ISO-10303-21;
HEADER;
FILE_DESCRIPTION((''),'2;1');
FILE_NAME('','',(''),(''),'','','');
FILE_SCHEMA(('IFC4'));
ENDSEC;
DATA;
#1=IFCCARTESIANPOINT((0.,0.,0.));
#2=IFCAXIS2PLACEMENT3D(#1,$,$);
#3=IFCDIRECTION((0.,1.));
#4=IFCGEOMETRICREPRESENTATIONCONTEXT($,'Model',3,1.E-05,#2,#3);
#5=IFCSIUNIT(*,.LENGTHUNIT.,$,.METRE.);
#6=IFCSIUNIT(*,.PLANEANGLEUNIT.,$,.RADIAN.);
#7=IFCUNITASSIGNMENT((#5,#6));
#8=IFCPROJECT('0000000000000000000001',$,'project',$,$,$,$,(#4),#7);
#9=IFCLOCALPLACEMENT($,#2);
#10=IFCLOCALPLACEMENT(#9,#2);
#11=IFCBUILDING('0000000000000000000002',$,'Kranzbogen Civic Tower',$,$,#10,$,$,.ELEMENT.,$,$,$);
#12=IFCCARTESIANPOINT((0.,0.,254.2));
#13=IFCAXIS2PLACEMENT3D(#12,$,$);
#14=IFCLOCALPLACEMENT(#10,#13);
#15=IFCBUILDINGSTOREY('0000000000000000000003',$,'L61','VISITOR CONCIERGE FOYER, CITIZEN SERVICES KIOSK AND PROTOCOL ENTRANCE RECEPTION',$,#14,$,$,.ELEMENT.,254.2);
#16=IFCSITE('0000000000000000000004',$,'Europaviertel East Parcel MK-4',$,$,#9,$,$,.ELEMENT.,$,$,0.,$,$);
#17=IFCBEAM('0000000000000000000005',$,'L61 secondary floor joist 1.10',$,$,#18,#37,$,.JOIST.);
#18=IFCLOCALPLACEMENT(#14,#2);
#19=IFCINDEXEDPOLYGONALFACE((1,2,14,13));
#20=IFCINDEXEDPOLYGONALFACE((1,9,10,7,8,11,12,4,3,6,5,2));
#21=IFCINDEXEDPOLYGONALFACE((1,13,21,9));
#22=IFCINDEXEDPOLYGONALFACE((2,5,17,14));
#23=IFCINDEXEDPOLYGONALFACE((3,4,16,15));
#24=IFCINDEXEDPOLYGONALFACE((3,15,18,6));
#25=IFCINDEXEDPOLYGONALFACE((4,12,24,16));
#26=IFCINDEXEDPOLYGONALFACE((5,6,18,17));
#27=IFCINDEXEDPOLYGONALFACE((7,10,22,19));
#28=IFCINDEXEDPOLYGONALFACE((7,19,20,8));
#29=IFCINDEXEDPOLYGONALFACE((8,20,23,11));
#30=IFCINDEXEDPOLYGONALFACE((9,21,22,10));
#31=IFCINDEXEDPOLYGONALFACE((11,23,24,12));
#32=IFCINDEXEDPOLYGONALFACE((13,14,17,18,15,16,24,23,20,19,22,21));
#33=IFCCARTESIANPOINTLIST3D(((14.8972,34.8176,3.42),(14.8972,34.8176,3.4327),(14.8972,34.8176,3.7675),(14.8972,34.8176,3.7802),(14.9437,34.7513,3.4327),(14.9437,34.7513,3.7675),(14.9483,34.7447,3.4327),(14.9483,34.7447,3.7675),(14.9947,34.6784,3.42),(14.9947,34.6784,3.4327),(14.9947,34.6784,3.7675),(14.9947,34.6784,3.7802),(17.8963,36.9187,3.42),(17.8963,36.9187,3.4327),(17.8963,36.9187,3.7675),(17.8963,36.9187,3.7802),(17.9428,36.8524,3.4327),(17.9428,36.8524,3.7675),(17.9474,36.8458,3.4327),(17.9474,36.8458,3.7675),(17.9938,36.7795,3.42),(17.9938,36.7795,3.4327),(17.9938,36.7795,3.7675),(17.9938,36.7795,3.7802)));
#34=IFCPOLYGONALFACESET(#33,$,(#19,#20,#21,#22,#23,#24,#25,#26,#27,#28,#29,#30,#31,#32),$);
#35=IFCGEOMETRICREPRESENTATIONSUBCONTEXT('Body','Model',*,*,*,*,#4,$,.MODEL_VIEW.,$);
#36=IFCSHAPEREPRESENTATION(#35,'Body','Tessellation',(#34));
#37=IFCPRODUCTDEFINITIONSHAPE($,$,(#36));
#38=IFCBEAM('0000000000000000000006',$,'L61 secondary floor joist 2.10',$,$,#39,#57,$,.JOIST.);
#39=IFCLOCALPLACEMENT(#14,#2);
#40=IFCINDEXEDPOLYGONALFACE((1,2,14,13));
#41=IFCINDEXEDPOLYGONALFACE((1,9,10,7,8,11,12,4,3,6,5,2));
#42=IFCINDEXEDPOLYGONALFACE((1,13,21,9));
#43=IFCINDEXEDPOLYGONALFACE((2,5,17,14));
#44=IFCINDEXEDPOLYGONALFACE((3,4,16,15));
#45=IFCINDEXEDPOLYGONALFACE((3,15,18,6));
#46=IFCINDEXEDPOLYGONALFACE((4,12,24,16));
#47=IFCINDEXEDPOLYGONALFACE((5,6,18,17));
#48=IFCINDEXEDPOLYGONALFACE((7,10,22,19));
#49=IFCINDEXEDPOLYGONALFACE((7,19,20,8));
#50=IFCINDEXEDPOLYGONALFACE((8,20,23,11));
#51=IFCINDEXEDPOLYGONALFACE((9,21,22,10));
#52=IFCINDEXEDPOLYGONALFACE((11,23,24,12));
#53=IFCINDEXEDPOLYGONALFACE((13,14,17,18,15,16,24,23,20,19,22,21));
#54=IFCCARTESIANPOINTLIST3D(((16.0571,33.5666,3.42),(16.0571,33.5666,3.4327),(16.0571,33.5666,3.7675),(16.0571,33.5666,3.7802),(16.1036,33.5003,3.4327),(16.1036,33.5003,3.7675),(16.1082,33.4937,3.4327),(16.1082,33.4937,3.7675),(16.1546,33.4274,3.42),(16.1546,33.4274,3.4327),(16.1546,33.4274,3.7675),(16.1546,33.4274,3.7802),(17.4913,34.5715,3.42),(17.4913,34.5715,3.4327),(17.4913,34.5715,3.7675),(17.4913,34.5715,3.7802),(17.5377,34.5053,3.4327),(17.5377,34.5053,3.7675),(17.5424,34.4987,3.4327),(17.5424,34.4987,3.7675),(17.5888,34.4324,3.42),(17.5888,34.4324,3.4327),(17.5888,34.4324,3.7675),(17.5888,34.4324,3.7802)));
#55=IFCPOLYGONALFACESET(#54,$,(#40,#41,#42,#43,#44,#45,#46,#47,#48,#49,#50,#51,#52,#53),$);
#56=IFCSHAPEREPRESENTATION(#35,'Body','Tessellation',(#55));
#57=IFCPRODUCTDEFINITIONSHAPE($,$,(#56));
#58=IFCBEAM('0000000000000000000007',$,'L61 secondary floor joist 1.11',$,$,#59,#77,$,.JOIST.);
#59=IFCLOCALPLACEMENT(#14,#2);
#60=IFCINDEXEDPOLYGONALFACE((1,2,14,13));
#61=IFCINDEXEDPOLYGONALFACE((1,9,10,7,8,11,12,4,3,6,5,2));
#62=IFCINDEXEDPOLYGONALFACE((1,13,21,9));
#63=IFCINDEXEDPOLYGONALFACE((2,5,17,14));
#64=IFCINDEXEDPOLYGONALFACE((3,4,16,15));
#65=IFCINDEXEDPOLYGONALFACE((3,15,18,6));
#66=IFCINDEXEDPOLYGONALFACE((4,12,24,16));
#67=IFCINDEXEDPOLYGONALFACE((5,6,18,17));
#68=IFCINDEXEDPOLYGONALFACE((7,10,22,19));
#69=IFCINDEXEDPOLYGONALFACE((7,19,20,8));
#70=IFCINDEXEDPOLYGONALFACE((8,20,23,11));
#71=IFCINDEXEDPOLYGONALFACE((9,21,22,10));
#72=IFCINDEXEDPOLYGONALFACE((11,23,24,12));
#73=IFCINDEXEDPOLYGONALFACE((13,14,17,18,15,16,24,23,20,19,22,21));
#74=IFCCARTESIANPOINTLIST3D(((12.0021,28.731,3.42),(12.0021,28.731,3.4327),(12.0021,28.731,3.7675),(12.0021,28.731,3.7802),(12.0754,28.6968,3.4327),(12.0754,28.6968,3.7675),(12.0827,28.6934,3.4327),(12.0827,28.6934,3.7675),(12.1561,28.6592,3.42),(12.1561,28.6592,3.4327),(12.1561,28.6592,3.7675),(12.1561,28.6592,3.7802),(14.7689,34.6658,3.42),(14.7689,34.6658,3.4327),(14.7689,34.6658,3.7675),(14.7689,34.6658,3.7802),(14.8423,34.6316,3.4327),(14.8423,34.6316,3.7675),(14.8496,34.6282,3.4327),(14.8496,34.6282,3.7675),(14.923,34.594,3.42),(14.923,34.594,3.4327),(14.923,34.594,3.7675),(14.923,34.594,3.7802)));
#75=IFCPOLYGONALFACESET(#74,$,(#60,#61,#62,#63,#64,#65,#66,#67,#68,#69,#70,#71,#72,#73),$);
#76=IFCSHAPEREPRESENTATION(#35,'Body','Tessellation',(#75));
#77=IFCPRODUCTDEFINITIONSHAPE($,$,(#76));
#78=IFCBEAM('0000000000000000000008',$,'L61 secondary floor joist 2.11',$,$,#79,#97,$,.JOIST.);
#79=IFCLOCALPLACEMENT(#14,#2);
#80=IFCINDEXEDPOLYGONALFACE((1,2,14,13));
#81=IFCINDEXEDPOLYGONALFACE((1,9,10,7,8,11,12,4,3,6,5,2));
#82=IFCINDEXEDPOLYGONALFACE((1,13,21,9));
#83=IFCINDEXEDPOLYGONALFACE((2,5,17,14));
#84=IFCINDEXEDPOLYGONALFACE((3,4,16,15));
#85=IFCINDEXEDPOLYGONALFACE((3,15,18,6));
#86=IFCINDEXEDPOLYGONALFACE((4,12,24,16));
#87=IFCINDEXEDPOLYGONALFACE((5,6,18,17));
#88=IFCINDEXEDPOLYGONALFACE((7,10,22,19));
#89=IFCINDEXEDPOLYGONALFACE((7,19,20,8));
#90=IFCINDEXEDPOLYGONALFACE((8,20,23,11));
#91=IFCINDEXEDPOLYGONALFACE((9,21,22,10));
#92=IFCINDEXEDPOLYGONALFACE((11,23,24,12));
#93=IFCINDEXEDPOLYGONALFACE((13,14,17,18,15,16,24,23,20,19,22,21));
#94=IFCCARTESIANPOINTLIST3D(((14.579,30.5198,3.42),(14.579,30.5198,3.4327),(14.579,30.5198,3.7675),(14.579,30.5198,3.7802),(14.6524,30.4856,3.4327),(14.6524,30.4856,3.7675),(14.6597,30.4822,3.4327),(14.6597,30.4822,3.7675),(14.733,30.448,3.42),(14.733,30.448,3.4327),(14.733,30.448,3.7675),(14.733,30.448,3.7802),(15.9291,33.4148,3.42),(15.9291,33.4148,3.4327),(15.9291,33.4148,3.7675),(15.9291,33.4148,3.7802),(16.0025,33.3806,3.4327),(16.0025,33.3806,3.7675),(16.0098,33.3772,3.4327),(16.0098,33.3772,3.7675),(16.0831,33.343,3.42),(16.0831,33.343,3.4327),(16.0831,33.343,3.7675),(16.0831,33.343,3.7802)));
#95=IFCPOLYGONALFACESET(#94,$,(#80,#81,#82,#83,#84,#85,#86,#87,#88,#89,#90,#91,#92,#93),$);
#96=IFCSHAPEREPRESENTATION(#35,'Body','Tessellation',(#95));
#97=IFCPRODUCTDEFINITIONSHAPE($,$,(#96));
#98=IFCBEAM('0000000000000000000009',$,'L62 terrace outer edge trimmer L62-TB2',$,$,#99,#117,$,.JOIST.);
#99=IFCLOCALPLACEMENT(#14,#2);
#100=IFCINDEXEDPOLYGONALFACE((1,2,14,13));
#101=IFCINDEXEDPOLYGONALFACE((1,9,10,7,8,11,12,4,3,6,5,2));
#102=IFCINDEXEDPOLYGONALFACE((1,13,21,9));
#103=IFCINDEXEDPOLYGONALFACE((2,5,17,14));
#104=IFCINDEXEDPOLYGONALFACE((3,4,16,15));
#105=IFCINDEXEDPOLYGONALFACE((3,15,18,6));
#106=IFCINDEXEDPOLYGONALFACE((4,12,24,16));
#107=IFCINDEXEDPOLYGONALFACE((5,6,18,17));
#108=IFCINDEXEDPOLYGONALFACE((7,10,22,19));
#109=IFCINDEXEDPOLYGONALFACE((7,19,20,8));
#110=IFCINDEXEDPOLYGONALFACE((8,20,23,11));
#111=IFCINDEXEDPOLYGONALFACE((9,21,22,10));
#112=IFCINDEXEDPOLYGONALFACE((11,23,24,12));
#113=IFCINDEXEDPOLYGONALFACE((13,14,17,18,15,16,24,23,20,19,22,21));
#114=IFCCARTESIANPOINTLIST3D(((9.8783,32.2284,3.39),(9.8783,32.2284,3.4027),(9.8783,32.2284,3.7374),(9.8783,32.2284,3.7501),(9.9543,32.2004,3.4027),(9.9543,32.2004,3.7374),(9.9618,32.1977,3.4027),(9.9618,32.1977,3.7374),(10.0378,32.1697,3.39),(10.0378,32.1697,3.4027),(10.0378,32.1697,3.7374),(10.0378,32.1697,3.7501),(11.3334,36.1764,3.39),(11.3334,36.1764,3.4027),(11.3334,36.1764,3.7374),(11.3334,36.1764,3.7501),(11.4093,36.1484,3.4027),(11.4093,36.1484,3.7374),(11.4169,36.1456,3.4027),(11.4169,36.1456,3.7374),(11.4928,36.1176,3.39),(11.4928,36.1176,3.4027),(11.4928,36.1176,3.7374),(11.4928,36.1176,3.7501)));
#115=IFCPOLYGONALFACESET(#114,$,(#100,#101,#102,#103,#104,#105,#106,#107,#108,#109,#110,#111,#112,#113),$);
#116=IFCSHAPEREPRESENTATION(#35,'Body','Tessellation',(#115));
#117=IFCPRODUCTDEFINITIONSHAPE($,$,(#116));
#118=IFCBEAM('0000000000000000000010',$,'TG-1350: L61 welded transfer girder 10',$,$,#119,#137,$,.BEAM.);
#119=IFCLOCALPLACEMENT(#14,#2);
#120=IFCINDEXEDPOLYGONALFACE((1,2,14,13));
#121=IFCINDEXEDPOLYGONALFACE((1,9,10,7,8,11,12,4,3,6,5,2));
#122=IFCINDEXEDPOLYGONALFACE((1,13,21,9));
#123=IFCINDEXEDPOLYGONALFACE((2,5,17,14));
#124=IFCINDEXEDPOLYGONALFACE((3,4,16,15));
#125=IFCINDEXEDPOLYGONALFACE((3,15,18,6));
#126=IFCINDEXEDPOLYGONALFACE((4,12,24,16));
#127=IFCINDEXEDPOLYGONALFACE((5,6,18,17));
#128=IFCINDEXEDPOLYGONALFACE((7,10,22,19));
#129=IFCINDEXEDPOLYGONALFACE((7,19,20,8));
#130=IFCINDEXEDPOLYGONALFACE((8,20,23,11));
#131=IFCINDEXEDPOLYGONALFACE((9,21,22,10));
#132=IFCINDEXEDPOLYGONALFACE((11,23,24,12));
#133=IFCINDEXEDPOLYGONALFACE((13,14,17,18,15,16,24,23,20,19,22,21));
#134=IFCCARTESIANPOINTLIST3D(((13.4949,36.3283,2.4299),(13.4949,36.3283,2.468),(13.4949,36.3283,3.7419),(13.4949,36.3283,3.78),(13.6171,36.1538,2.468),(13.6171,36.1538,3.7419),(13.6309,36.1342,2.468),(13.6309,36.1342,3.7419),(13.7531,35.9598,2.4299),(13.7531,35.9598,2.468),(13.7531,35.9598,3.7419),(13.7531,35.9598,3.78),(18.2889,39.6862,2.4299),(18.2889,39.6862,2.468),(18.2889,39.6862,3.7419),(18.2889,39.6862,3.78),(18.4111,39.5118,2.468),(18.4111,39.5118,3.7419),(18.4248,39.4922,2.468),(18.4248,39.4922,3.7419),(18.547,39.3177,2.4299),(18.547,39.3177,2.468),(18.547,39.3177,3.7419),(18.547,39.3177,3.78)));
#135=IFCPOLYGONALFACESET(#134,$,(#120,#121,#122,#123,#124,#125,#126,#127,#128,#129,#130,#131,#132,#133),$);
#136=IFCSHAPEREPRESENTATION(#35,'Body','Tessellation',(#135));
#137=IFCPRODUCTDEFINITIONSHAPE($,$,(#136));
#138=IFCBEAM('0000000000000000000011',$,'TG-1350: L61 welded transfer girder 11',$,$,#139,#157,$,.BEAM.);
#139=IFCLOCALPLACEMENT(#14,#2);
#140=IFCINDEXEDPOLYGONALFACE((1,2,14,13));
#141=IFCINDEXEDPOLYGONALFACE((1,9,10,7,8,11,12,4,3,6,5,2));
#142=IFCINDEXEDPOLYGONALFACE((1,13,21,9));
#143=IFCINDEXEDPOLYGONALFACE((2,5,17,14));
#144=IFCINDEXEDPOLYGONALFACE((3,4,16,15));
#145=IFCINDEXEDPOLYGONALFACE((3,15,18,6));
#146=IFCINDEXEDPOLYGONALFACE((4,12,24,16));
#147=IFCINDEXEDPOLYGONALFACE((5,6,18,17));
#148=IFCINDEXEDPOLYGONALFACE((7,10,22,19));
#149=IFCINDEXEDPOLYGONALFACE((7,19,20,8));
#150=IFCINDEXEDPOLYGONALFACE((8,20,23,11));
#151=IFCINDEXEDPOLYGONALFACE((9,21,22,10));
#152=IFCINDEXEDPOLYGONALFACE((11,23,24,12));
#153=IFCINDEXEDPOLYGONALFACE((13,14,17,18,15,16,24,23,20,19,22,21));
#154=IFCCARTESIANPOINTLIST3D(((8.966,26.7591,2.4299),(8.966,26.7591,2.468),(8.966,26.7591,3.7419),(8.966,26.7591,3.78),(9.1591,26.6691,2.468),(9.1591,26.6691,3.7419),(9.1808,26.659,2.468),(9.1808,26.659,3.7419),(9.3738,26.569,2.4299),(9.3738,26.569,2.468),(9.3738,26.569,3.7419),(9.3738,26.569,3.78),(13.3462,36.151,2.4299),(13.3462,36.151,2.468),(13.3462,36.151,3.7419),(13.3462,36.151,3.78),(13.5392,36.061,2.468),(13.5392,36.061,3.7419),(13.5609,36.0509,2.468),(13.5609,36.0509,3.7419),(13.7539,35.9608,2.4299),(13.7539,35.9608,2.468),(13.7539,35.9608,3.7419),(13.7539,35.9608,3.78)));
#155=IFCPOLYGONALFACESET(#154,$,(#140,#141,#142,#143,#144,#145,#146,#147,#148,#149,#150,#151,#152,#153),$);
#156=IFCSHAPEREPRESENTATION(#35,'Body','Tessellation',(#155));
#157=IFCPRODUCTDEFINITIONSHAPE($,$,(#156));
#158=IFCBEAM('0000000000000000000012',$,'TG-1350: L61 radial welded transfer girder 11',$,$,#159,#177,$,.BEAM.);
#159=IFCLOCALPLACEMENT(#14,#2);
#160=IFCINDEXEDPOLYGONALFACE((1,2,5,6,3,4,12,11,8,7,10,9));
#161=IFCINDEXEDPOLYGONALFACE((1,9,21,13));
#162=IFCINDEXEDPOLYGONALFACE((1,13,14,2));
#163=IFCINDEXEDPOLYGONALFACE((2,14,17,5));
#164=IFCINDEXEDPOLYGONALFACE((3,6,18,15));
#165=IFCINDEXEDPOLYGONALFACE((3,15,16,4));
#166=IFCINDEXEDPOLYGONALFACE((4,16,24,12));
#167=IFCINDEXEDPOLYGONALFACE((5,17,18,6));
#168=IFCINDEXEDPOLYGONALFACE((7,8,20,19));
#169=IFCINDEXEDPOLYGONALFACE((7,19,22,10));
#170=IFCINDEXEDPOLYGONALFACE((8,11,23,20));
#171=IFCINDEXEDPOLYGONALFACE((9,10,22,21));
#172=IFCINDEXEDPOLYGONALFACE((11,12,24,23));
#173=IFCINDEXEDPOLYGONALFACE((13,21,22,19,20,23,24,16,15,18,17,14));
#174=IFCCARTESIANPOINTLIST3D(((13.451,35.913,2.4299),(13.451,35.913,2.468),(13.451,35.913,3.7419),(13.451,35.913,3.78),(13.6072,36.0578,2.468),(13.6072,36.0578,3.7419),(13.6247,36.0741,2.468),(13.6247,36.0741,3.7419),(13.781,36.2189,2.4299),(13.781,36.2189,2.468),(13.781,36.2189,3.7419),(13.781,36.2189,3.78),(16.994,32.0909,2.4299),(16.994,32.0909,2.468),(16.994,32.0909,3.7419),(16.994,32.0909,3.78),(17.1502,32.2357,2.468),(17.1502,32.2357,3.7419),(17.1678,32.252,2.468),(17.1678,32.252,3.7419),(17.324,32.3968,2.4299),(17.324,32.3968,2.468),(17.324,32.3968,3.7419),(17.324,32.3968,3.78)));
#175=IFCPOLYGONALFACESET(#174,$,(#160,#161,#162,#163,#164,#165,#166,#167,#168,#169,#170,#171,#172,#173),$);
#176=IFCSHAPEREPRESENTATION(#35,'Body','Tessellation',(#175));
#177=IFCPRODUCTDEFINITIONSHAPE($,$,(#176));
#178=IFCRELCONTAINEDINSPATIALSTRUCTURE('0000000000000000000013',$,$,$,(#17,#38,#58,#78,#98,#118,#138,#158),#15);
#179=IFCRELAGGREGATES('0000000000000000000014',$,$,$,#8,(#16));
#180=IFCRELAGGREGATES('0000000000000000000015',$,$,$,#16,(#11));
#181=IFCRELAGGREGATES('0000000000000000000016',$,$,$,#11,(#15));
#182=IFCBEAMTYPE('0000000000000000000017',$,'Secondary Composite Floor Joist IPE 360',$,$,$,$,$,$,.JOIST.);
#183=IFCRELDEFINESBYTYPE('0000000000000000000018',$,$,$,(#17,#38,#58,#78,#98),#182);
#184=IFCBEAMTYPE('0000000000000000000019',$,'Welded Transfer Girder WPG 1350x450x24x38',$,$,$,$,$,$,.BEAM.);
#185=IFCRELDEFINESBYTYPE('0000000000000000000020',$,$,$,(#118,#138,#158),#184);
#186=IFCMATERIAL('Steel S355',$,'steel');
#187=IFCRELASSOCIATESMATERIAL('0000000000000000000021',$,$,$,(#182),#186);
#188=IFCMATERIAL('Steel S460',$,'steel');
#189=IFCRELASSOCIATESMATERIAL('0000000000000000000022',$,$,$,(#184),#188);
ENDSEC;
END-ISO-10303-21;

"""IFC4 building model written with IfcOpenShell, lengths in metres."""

from ifc_helpers import new_model, si_unit, direction, frame, origin, origin_2d, place, context, subcontext, project, spatial, i_section, extrude, material, material_profile, profile_set, type_object, element, save


model = new_model("IFC4")

# Units and contexts
model_context = context("Model", 3, precision=1e-05, world=origin(), true_north=direction((0.0, 1.0)))
body_context = subcontext(model_context, "Body", "Model", "MODEL_VIEW")
ifc_project = project(units=[si_unit("LENGTHUNIT", "METRE"), si_unit("PLANEANGLEUNIT", "RADIAN")], contexts=[model_context])

# Site, building, storey
site_placement = place(None, origin())
site = spatial("IfcSite", under=ifc_project, at=site_placement, Name="Europaviertel East Parcel MK-4", CompositionType="ELEMENT", RefElevation=0.0)
building_placement = place(site_placement, origin())
building = spatial("IfcBuilding", under=site, at=building_placement, Name="Kranzbogen Civic Tower", CompositionType="ELEMENT")
storey_placement = place(building_placement, frame((0.0, 0.0, 254.2)))
storey = spatial("IfcBuildingStorey", under=building, at=storey_placement, Name="L61", Description="VISITOR CONCIERGE FOYER, CITIZEN SERVICES KIOSK AND PROTOCOL ENTRANCE RECEPTION", CompositionType="ELEMENT", Elevation=254.2)

# Shared definitions
ifc_material_1 = material(Name="Steel S355", Category="steel")

# Beams
ifc_material_profile_1 = material_profile(ifc_material_1, i_section(OverallWidth=0.1699, OverallDepth=0.3601, WebThickness=0.0081, FlangeThickness=0.0127, at=origin_2d()), Name="IPE 360")
ifc_profile_set_1 = profile_set([ifc_material_profile_1], Name="Steel S355")
beam_type_1 = type_object("IfcBeamType", Name="Secondary Composite Floor Joist IPE 360", PredefinedType="JOIST", material=ifc_profile_set_1)
beam_1_placement = place(storey_placement, frame((17.9451, 36.8491, 3.6001), z_axis=(-0.819006, -0.573784, 0.0), x_axis=(0.573784, -0.819006, 0.0)))
element("IfcBeam", 1, at=beam_1_placement, inside=storey, type_object=beam_type_1, Name="L61 secondary floor joist 1.10", PredefinedType="JOIST", context=body_context, shape_type="SweptSolid", body=[
    extrude(i_section(OverallWidth=0.1699, OverallDepth=0.3601, WebThickness=0.0081, FlangeThickness=0.0127, at=origin_2d()), origin(), (0.0, 0.0, 1.0), 3.6619),
])
beam_2_placement = place(storey_placement, frame((17.54, 34.502, 3.6001), z_axis=(-0.818957, -0.573855, 0.0), x_axis=(0.573855, -0.818957, 0.0)))
element("IfcBeam", 2, at=beam_2_placement, inside=storey, type_object=beam_type_1, Name="L61 secondary floor joist 2.10", PredefinedType="JOIST", context=body_context, shape_type="SweptSolid", body=[
    extrude(i_section(OverallWidth=0.1699, OverallDepth=0.3601, WebThickness=0.0081, FlangeThickness=0.0127, at=origin_2d()), origin(), (0.0, 0.0, 1.0), 1.7512),
])
beam_3_placement = place(storey_placement, frame((14.8459, 34.6299, 3.6001), z_axis=(-0.422543, -0.906343, 0.0), x_axis=(0.906343, -0.422543, 0.0)))
element("IfcBeam", 3, at=beam_3_placement, inside=storey, type_object=beam_type_1, Name="L61 secondary floor joist 1.11", PredefinedType="JOIST", context=body_context, shape_type="SweptSolid", body=[
    extrude(i_section(OverallWidth=0.1699, OverallDepth=0.3601, WebThickness=0.0081, FlangeThickness=0.0127, at=origin_2d()), origin(), (0.0, 0.0, 1.0), 6.5481),
])
beam_4_placement = place(storey_placement, frame((16.0061, 33.3789, 3.6001), z_axis=(-0.422651, -0.906292, 0.0), x_axis=(0.906292, -0.422651, 0.0)))
element("IfcBeam", 4, at=beam_4_placement, inside=storey, type_object=beam_type_1, Name="L61 secondary floor joist 2.11", PredefinedType="JOIST", context=body_context, shape_type="SweptSolid", body=[
    extrude(i_section(OverallWidth=0.1699, OverallDepth=0.3601, WebThickness=0.0081, FlangeThickness=0.0127, at=origin_2d()), origin(), (0.0, 0.0, 1.0), 3.1943),
])
beam_5_placement = place(storey_placement, frame((11.4131, 36.147, 3.5701), z_axis=(-0.345821, -0.938301, 0.0), x_axis=(0.938301, -0.345821, 0.0)))
element("IfcBeam", 5, at=beam_5_placement, inside=storey, type_object=beam_type_1, Name="L62 terrace outer edge trimmer L62-TB2", PredefinedType="JOIST", context=body_context, shape_type="SweptSolid", body=[
    extrude(i_section(OverallWidth=0.1699, OverallDepth=0.3601, WebThickness=0.0081, FlangeThickness=0.0127, at=origin_2d()), origin(), (0.0, 0.0, 1.0), 4.2075),
])
ifc_material_2 = material(Name="Steel S460", Category="steel")
ifc_material_profile_2 = material_profile(ifc_material_2, i_section(OverallWidth=0.45, OverallDepth=1.3501, WebThickness=0.0239, FlangeThickness=0.0381, at=origin_2d()), Name="WPG 1350x450x24x38")
ifc_profile_set_2 = profile_set([ifc_material_profile_2], Name="Steel S460")
beam_type_2 = type_object("IfcBeamType", Name="Welded Transfer Girder WPG 1350x450x24x38", PredefinedType="BEAM", material=ifc_profile_set_2)
beam_6_placement = place(storey_placement, frame((18.418, 39.502, 3.105), z_axis=(-0.819059, -0.573709, 0.0), x_axis=(0.573709, -0.819059, 0.0)))
element("IfcBeam", 6, at=beam_6_placement, inside=storey, type_object=beam_type_2, Name="TG-1350: L61 welded transfer girder 10", PredefinedType="BEAM", context=body_context, shape_type="SweptSolid", body=[
    extrude(i_section(OverallWidth=0.45, OverallDepth=1.3501, WebThickness=0.0239, FlangeThickness=0.0381, at=origin_2d()), origin(), (0.0, 0.0, 1.0), 5.853),
])
beam_7_placement = place(storey_placement, frame((13.55, 36.0559, 3.105), z_axis=(-0.422669, -0.906284, 0.0), x_axis=(0.906284, -0.422669, 0.0)))
element("IfcBeam", 7, at=beam_7_placement, inside=storey, type_object=beam_type_2, Name="TG-1350: L61 welded transfer girder 11", PredefinedType="BEAM", context=body_context, shape_type="SweptSolid", body=[
    extrude(i_section(OverallWidth=0.45, OverallDepth=1.3501, WebThickness=0.0239, FlangeThickness=0.0381, at=origin_2d()), origin(), (0.0, 0.0, 1.0), 10.363),
])
beam_8_placement = place(storey_placement, frame((13.616, 36.0659, 3.105), z_axis=(0.679827, -0.733372, 0.0), x_axis=(0.733372, 0.679827, 0.0)))
element("IfcBeam", 8, at=beam_8_placement, inside=storey, type_object=beam_type_2, Name="TG-1350: L61 radial welded transfer girder 11", PredefinedType="BEAM", context=body_context, shape_type="SweptSolid", body=[
    extrude(i_section(OverallWidth=0.45, OverallDepth=1.3501, WebThickness=0.0239, FlangeThickness=0.0381, at=origin_2d()), origin(), (0.0, 0.0, 1.0), 5.2117),
])

save(model, "model.ifc")
